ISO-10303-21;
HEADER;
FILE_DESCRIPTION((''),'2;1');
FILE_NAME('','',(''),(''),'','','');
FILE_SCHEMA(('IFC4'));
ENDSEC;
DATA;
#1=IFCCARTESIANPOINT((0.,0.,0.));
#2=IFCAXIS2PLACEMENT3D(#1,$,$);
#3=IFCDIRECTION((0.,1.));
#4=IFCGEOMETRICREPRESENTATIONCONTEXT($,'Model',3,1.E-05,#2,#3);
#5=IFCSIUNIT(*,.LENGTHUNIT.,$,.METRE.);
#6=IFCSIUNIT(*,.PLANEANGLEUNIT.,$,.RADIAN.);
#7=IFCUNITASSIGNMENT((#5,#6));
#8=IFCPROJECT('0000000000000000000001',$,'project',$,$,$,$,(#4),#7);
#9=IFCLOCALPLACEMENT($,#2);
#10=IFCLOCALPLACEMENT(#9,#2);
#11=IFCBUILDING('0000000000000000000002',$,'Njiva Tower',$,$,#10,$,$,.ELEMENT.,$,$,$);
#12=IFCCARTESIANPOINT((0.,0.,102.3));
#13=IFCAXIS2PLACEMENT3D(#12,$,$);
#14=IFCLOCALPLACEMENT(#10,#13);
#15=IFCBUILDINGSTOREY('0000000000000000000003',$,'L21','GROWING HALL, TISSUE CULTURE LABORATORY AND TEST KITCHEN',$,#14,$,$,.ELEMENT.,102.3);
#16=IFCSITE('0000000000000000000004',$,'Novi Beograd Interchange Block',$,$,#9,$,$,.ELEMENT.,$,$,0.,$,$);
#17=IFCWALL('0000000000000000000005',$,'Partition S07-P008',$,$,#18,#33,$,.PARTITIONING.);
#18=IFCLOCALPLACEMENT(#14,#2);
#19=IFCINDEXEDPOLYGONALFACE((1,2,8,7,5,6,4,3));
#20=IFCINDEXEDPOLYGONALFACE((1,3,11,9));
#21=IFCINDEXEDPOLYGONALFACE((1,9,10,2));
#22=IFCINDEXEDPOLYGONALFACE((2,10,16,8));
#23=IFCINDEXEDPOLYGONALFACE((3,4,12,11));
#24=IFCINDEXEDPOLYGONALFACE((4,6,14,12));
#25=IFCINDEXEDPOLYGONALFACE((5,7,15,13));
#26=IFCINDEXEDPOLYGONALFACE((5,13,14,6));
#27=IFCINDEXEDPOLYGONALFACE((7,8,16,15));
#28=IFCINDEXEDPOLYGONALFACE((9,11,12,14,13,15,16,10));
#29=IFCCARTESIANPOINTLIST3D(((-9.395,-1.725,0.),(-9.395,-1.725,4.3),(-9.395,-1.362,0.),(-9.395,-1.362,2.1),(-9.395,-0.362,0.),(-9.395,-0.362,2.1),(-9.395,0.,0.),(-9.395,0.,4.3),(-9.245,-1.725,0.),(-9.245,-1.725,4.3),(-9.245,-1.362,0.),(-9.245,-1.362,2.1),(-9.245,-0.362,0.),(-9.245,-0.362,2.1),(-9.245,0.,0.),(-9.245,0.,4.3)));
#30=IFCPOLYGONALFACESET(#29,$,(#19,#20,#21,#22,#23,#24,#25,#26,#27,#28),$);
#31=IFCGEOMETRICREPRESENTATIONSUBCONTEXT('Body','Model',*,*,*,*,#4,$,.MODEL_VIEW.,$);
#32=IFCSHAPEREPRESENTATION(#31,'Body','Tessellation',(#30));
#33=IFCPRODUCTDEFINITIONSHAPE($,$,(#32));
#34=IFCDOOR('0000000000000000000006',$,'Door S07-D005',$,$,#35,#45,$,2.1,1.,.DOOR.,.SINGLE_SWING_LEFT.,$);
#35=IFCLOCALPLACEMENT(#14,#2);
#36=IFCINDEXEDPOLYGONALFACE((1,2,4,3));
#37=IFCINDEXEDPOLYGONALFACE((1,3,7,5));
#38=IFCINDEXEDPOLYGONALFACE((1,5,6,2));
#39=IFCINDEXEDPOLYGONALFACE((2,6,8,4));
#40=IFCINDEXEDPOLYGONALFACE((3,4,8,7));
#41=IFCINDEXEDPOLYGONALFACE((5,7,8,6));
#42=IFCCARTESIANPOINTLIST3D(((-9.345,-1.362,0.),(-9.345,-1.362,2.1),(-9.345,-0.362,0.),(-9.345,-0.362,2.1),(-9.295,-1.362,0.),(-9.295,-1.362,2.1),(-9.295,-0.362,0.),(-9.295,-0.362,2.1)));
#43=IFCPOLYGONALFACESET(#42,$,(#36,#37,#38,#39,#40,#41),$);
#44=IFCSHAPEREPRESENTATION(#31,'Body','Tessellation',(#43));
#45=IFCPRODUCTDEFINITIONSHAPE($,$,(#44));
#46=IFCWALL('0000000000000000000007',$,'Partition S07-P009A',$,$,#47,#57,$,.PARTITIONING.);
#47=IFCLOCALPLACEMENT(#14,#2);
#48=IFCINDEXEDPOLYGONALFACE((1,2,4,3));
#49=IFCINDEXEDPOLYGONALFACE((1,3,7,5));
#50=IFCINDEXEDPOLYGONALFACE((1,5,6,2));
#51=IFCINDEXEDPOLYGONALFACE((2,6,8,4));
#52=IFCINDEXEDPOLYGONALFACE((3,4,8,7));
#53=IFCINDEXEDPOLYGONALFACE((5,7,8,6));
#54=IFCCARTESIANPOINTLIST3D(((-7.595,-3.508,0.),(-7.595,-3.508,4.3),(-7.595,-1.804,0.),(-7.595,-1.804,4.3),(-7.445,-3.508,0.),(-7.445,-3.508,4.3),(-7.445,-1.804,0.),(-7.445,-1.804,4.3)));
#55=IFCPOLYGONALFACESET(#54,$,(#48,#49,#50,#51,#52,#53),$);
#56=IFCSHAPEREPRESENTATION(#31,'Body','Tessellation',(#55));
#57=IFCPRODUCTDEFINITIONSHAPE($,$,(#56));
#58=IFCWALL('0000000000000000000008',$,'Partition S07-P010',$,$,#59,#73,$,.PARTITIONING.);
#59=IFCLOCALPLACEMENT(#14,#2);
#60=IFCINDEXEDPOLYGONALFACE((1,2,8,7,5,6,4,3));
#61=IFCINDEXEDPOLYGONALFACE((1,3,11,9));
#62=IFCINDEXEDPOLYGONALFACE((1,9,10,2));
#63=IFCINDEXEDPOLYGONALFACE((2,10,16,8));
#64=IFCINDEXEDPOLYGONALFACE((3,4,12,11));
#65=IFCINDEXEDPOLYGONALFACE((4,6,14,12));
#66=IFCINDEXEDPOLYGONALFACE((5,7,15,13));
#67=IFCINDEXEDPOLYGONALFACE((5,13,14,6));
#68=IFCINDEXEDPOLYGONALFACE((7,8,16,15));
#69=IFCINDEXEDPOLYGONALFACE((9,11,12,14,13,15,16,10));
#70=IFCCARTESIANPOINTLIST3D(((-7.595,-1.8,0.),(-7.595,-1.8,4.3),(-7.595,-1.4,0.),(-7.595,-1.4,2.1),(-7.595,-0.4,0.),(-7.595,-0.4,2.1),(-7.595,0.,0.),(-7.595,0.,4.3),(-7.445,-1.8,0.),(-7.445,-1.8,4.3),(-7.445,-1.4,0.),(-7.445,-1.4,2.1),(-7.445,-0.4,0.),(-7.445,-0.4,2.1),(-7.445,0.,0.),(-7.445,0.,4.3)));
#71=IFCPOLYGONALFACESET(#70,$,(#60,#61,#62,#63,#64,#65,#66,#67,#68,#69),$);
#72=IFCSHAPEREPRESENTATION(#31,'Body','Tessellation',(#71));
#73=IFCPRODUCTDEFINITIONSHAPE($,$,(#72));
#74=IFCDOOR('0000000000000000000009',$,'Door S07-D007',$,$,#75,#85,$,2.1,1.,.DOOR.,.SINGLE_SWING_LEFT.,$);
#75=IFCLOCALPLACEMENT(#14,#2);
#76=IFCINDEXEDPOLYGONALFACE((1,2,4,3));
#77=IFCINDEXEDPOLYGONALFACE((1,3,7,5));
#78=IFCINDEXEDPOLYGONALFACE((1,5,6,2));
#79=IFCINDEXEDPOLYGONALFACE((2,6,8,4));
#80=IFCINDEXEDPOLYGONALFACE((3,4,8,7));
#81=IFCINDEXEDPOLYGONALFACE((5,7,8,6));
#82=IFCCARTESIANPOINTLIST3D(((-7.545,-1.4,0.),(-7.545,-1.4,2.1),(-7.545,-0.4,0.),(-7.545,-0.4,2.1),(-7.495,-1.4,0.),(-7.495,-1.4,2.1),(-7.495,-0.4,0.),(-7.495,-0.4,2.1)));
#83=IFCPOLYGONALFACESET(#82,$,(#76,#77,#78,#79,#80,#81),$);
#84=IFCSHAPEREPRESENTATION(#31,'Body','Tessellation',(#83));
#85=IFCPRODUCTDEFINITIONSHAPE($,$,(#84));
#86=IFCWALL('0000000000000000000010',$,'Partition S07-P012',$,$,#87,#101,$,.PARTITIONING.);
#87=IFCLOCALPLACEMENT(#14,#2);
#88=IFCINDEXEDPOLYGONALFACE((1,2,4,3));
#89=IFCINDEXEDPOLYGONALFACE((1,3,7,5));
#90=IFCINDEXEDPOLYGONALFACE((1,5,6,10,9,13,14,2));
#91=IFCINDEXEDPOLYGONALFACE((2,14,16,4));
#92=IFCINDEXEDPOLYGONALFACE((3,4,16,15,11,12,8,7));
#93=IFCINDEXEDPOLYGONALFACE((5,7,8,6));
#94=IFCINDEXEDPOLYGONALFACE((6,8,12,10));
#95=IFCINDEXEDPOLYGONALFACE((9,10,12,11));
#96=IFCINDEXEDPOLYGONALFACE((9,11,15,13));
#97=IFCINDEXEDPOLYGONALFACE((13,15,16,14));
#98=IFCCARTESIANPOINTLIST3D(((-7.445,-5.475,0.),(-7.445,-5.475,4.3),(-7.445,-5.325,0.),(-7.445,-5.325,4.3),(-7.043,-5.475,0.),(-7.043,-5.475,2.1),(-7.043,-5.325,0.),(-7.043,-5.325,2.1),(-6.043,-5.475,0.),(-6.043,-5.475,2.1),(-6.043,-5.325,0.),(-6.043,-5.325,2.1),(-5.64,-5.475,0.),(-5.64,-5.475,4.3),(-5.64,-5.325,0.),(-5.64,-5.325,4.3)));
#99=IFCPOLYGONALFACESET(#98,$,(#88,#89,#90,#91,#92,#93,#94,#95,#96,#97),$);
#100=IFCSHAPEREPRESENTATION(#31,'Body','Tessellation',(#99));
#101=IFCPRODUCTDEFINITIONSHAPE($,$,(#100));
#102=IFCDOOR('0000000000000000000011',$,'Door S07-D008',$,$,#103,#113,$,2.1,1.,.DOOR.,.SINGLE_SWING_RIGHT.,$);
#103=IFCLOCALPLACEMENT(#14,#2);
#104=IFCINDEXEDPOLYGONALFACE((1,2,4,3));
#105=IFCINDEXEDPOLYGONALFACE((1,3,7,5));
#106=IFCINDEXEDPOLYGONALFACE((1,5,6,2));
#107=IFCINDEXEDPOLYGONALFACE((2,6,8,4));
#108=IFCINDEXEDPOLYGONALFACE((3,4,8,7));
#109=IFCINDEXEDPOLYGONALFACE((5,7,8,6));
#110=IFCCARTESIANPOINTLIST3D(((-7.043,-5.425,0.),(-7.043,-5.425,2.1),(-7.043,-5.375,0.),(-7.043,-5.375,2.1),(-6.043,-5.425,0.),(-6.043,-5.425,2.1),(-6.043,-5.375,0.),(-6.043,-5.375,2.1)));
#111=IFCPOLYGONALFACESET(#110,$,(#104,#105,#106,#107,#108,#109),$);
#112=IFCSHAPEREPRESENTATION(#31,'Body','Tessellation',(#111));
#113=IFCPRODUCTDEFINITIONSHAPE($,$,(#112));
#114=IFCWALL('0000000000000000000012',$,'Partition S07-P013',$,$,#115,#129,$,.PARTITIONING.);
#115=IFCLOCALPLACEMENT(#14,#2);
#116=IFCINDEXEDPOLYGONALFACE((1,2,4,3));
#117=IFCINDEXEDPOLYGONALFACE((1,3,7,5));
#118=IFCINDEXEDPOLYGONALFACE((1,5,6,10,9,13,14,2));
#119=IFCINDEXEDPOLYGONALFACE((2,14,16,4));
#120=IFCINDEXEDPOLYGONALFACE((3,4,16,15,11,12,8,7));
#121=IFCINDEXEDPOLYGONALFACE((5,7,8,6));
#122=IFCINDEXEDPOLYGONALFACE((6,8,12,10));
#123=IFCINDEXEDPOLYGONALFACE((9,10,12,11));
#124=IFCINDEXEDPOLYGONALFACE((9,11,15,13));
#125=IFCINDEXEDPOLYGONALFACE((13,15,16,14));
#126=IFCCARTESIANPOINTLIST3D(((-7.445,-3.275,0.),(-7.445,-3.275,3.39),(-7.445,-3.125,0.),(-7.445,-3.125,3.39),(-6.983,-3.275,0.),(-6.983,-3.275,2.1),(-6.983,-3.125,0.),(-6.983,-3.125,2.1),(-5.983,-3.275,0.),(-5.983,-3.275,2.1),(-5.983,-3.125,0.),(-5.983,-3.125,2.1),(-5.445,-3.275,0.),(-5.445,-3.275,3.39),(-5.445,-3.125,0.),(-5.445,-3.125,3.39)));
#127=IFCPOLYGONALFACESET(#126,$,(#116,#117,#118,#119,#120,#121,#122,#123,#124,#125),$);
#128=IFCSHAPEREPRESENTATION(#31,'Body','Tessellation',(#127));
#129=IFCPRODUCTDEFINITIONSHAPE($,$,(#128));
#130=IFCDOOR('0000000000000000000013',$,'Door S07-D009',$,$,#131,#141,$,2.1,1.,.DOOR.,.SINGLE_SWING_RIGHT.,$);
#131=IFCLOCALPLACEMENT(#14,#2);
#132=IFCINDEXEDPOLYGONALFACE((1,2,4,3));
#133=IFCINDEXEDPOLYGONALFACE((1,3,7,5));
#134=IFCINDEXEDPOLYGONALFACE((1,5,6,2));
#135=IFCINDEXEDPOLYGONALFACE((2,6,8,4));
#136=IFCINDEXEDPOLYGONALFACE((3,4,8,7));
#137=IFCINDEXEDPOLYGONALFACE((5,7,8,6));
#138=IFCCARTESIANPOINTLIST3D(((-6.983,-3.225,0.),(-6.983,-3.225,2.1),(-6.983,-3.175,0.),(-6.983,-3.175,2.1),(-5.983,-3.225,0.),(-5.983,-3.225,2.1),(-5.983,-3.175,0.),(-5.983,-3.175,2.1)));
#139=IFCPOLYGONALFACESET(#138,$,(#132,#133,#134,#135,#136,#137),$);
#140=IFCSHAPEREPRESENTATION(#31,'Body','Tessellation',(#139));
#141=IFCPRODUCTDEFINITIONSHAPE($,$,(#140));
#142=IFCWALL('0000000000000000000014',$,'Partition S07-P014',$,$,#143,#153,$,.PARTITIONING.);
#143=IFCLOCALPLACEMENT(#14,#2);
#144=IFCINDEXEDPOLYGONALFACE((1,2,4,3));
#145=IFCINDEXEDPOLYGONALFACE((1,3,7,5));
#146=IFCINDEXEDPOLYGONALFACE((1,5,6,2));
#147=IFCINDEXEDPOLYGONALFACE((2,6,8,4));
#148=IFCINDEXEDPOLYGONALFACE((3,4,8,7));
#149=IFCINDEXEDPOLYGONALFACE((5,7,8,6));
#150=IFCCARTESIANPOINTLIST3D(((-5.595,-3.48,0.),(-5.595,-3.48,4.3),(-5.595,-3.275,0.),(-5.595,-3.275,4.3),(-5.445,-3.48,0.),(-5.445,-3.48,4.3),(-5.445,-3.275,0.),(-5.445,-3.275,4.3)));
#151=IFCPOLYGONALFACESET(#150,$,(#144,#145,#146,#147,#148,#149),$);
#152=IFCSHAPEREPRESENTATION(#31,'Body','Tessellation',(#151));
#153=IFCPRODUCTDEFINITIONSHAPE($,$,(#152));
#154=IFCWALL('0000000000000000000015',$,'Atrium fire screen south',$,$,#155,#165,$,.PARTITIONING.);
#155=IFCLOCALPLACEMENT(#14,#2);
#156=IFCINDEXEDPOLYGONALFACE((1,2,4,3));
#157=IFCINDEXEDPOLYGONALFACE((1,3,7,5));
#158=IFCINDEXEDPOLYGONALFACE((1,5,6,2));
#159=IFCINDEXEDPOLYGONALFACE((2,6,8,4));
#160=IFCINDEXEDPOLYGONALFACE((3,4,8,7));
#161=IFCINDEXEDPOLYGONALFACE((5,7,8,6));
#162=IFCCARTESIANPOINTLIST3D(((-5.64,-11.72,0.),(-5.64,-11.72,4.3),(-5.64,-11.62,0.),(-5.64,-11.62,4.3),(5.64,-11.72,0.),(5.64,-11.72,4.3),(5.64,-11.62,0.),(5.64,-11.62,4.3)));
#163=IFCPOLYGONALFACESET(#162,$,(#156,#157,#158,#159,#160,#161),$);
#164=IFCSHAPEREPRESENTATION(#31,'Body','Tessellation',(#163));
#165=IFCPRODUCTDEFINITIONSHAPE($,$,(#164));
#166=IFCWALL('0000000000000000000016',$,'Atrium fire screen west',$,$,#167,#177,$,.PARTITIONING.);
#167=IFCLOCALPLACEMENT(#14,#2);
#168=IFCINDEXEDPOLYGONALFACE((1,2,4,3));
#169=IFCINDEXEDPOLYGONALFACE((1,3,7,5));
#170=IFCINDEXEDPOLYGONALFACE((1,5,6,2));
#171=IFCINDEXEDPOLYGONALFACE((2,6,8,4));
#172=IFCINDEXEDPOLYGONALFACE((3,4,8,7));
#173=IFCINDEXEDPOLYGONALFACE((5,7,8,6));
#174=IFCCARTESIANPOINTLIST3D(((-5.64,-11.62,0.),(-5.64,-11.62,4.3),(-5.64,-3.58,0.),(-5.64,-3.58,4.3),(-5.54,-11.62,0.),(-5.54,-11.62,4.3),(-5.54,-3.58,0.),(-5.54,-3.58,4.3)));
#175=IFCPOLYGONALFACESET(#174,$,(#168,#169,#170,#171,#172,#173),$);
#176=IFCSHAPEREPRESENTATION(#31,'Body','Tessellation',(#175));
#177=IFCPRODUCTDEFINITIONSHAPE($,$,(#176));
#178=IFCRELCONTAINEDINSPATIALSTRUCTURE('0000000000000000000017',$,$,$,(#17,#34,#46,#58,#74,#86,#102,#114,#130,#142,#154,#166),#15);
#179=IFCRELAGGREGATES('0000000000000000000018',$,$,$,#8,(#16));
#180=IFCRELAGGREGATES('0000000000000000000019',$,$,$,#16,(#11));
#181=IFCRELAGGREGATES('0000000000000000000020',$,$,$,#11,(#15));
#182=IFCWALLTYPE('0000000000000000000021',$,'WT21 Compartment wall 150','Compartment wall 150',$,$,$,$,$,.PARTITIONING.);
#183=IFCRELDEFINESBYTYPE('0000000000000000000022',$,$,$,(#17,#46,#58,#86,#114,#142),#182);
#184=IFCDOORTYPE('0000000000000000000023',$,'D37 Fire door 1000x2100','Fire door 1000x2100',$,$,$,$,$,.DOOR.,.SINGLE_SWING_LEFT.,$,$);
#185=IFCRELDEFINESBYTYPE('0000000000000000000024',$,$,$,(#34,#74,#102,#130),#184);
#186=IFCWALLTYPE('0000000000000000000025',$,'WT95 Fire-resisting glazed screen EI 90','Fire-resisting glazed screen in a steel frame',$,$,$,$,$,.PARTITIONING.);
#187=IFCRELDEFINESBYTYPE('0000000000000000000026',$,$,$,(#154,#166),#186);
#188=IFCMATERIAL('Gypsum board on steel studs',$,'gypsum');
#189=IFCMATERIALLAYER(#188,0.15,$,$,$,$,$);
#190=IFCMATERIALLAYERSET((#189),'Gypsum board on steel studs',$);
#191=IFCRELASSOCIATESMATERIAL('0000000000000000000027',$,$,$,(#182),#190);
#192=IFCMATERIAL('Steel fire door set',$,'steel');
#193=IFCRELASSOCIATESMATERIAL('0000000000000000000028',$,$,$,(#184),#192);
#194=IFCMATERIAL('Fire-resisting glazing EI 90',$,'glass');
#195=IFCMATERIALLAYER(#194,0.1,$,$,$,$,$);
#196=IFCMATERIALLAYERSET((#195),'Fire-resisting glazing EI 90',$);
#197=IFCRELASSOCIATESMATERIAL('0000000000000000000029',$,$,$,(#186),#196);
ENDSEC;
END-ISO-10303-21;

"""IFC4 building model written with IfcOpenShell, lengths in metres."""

from ifc_helpers import new_model, si_unit, direction, frame, frame_2d, origin, place, context, subcontext, project, spatial, rectangle, extrude, material, layer, layer_set, type_object, element, fill, save


model = new_model("IFC4")

# Units and contexts
model_context = context("Model", 3, precision=1e-05, world=origin(), true_north=direction((0.0, 1.0)))
body_context = subcontext(model_context, "Body", "Model", "MODEL_VIEW")
ifc_project = project(units=[si_unit("LENGTHUNIT", "METRE"), si_unit("PLANEANGLEUNIT", "RADIAN")], contexts=[model_context])

# Site, building, storey
site_placement = place(None, origin())
site = spatial("IfcSite", under=ifc_project, at=site_placement, Name="Novi Beograd Interchange Block", CompositionType="ELEMENT", RefElevation=0.0)
building_placement = place(site_placement, origin())
building = spatial("IfcBuilding", under=site, at=building_placement, Name="Njiva Tower", CompositionType="ELEMENT")
storey_placement = place(building_placement, frame((0.0, 0.0, 102.3)))
storey = spatial("IfcBuildingStorey", under=building, at=storey_placement, Name="L21", Description="GROWING HALL, TISSUE CULTURE LABORATORY AND TEST KITCHEN", CompositionType="ELEMENT", Elevation=102.3)

# Wall, opening, door
ifc_material_1 = material(Name="Gypsum board on steel studs", Category="gypsum")
ifc_layer_1 = layer(ifc_material_1, 0.15)
ifc_layer_set_1 = layer_set([ifc_layer_1], Name="Gypsum board on steel studs")
wall_type_1 = type_object("IfcWallType", Name="WT21 Compartment wall 150", Description="Compartment wall 150", PredefinedType="PARTITIONING", material=ifc_layer_set_1)
wall_1_placement = place(storey_placement, frame((-9.32, -1.725, 0.0), z_axis=(0.0, 0.0, 1.0), x_axis=(0.0, 1.0, 0.0)))
wall_1 = element("IfcWall", 1, at=wall_1_placement, inside=storey, type_object=wall_type_1, Name="Partition S07-P008", PredefinedType="PARTITIONING", context=body_context, shape_type="SweptSolid", body=[
    extrude(rectangle(XDim=1.725, YDim=0.15, at=frame_2d((0.8625, 0.0))), origin(), (0.0, 0.0, 1.0), 4.3),
])
opening_1_placement = place(wall_1_placement, frame((0.363, 0.0, 0.0)))
opening_1 = element("IfcOpeningElement", 2, at=opening_1_placement, cuts=wall_1, PredefinedType="OPENING", context=body_context, shape_type="SweptSolid", body=[
    extrude(rectangle(XDim=1.0, YDim=2.1, at=frame_2d((0.5, 1.05))), frame((0.0, 0.085, 0.0), z_axis=(0.0, -1.0, 0.0), x_axis=(1.0, 0.0, 0.0)), (0.0, 0.0, 1.0), 0.17),
])
ifc_material_2 = material(Name="Steel fire door set", Category="steel")
door_type = type_object("IfcDoorType", Name="D37 Fire door 1000x2100", Description="Fire door 1000x2100", OperationType="SINGLE_SWING_LEFT", PredefinedType="DOOR", material=ifc_material_2)
door_1_placement = place(opening_1_placement, origin())
door_1 = element("IfcDoor", 3, at=door_1_placement, inside=storey, type_object=door_type, Name="Door S07-D005", OperationType="SINGLE_SWING_LEFT", OverallHeight=2.1, OverallWidth=1.0, PredefinedType="DOOR", context=body_context, shape_type="SweptSolid", body=[
    extrude(rectangle(XDim=1.0, YDim=2.1, at=frame_2d((0.5, 1.05))), frame((0.0, 0.025, 0.0), z_axis=(0.0, -1.0, 0.0), x_axis=(1.0, 0.0, 0.0)), (0.0, 0.0, 1.0), 0.05),
])
fill(opening_1, door_1)

# Wall
wall_2_placement = place(storey_placement, frame((-7.52, -3.508, 0.0), z_axis=(0.0, 0.0, 1.0), x_axis=(0.0, 1.0, 0.0)))
element("IfcWall", 4, at=wall_2_placement, inside=storey, type_object=wall_type_1, Name="Partition S07-P009A", PredefinedType="PARTITIONING", context=body_context, shape_type="SweptSolid", body=[
    extrude(rectangle(XDim=1.704, YDim=0.15, at=frame_2d((0.852, 0.0))), origin(), (0.0, 0.0, 1.0), 4.3),
])

# Walls, openings, doors
wall_3_placement = place(storey_placement, frame((-7.52, -1.8, 0.0), z_axis=(0.0, 0.0, 1.0), x_axis=(0.0, 1.0, 0.0)))
wall_3 = element("IfcWall", 5, at=wall_3_placement, inside=storey, type_object=wall_type_1, Name="Partition S07-P010", PredefinedType="PARTITIONING", context=body_context, shape_type="SweptSolid", body=[
    extrude(rectangle(XDim=1.8, YDim=0.15, at=frame_2d((0.9, 0.0))), origin(), (0.0, 0.0, 1.0), 4.3),
])
opening_2_placement = place(wall_3_placement, frame((0.4, 0.0, 0.0)))
opening_2 = element("IfcOpeningElement", 6, at=opening_2_placement, cuts=wall_3, PredefinedType="OPENING", context=body_context, shape_type="SweptSolid", body=[
    extrude(rectangle(XDim=1.0, YDim=2.1, at=frame_2d((0.5, 1.05))), frame((0.0, 0.085, 0.0), z_axis=(0.0, -1.0, 0.0), x_axis=(1.0, 0.0, 0.0)), (0.0, 0.0, 1.0), 0.17),
])
door_2_placement = place(opening_2_placement, origin())
door_2 = element("IfcDoor", 7, at=door_2_placement, inside=storey, type_object=door_type, Name="Door S07-D007", OperationType="SINGLE_SWING_LEFT", OverallHeight=2.1, OverallWidth=1.0, PredefinedType="DOOR", context=body_context, shape_type="SweptSolid", body=[
    extrude(rectangle(XDim=1.0, YDim=2.1, at=frame_2d((0.5, 1.05))), frame((0.0, 0.025, 0.0), z_axis=(0.0, -1.0, 0.0), x_axis=(1.0, 0.0, 0.0)), (0.0, 0.0, 1.0), 0.05),
])
fill(opening_2, door_2)
wall_4_placement = place(storey_placement, frame((-7.445, -5.4, 0.0), z_axis=(0.0, 0.0, 1.0), x_axis=(1.0, 0.0, 0.0)))
wall_4 = element("IfcWall", 8, at=wall_4_placement, inside=storey, type_object=wall_type_1, Name="Partition S07-P012", PredefinedType="PARTITIONING", context=body_context, shape_type="SweptSolid", body=[
    extrude(rectangle(XDim=1.805, YDim=0.15, at=frame_2d((0.9025, 0.0))), origin(), (0.0, 0.0, 1.0), 4.3),
])
opening_3_placement = place(wall_4_placement, frame((0.402, 0.0, 0.0)))
opening_3 = element("IfcOpeningElement", 9, at=opening_3_placement, cuts=wall_4, PredefinedType="OPENING", context=body_context, shape_type="SweptSolid", body=[
    extrude(rectangle(XDim=1.0, YDim=2.1, at=frame_2d((0.5, 1.05))), frame((0.0, 0.085, 0.0), z_axis=(0.0, -1.0, 0.0), x_axis=(1.0, 0.0, 0.0)), (0.0, 0.0, 1.0), 0.17),
])
door_3_placement = place(opening_3_placement, origin())
door_3 = element("IfcDoor", 10, at=door_3_placement, inside=storey, type_object=door_type, Name="Door S07-D008", OperationType="SINGLE_SWING_RIGHT", OverallHeight=2.1, OverallWidth=1.0, PredefinedType="DOOR", context=body_context, shape_type="SweptSolid", body=[
    extrude(rectangle(XDim=1.0, YDim=2.1, at=frame_2d((0.5, 1.05))), frame((0.0, 0.025, 0.0), z_axis=(0.0, -1.0, 0.0), x_axis=(1.0, 0.0, 0.0)), (0.0, 0.0, 1.0), 0.05),
])
fill(opening_3, door_3)
wall_5_placement = place(storey_placement, frame((-7.445, -3.2, 0.0), z_axis=(0.0, 0.0, 1.0), x_axis=(1.0, 0.0, 0.0)))
wall_5 = element("IfcWall", 11, at=wall_5_placement, inside=storey, type_object=wall_type_1, Name="Partition S07-P013", PredefinedType="PARTITIONING", context=body_context, shape_type="SweptSolid", body=[
    extrude(rectangle(XDim=2.0, YDim=0.15, at=frame_2d((1.0, 0.0))), origin(), (0.0, 0.0, 1.0), 3.39),
])
opening_4_placement = place(wall_5_placement, frame((0.462, 0.0, 0.0)))
opening_4 = element("IfcOpeningElement", 12, at=opening_4_placement, cuts=wall_5, PredefinedType="OPENING", context=body_context, shape_type="SweptSolid", body=[
    extrude(rectangle(XDim=1.0, YDim=2.1, at=frame_2d((0.5, 1.05))), frame((0.0, 0.085, 0.0), z_axis=(0.0, -1.0, 0.0), x_axis=(1.0, 0.0, 0.0)), (0.0, 0.0, 1.0), 0.17),
])
door_4_placement = place(opening_4_placement, origin())
door_4 = element("IfcDoor", 13, at=door_4_placement, inside=storey, type_object=door_type, Name="Door S07-D009", OperationType="SINGLE_SWING_RIGHT", OverallHeight=2.1, OverallWidth=1.0, PredefinedType="DOOR", context=body_context, shape_type="SweptSolid", body=[
    extrude(rectangle(XDim=1.0, YDim=2.1, at=frame_2d((0.5, 1.05))), frame((0.0, 0.025, 0.0), z_axis=(0.0, -1.0, 0.0), x_axis=(1.0, 0.0, 0.0)), (0.0, 0.0, 1.0), 0.05),
])
fill(opening_4, door_4)

# Walls
wall_6_placement = place(storey_placement, frame((-5.52, -3.48, 0.0), z_axis=(0.0, 0.0, 1.0), x_axis=(0.0, 1.0, 0.0)))
element("IfcWall", 14, at=wall_6_placement, inside=storey, type_object=wall_type_1, Name="Partition S07-P014", PredefinedType="PARTITIONING", context=body_context, shape_type="SweptSolid", body=[
    extrude(rectangle(XDim=0.205, YDim=0.15, at=frame_2d((0.1025, 0.0))), origin(), (0.0, 0.0, 1.0), 4.3),
])
ifc_material_3 = material(Name="Fire-resisting glazing EI 90", Category="glass")
ifc_layer_2 = layer(ifc_material_3, 0.1)
ifc_layer_set_2 = layer_set([ifc_layer_2], Name="Fire-resisting glazing EI 90")
wall_type_2 = type_object("IfcWallType", Name="WT95 Fire-resisting glazed screen EI 90", Description="Fire-resisting glazed screen in a steel frame", PredefinedType="PARTITIONING", material=ifc_layer_set_2)
wall_7_placement = place(storey_placement, frame((-5.64, -11.67, 0.0), z_axis=(0.0, 0.0, 1.0), x_axis=(1.0, 0.0, 0.0)))
element("IfcWall", 15, at=wall_7_placement, inside=storey, type_object=wall_type_2, Name="Atrium fire screen south", PredefinedType="PARTITIONING", context=body_context, shape_type="SweptSolid", body=[
    extrude(rectangle(XDim=11.28, YDim=0.1, at=frame_2d((5.64, 0.0))), origin(), (0.0, 0.0, 1.0), 4.3),
])
wall_8_placement = place(storey_placement, frame((-5.59, -3.58, 0.0), z_axis=(0.0, 0.0, 1.0), x_axis=(0.0, -1.0, 0.0)))
element("IfcWall", 16, at=wall_8_placement, inside=storey, type_object=wall_type_2, Name="Atrium fire screen west", PredefinedType="PARTITIONING", context=body_context, shape_type="SweptSolid", body=[
    extrude(rectangle(XDim=8.04, YDim=0.1, at=frame_2d((4.02, 0.0))), origin(), (0.0, 0.0, 1.0), 4.3),
])

save(model, "model.ifc")
